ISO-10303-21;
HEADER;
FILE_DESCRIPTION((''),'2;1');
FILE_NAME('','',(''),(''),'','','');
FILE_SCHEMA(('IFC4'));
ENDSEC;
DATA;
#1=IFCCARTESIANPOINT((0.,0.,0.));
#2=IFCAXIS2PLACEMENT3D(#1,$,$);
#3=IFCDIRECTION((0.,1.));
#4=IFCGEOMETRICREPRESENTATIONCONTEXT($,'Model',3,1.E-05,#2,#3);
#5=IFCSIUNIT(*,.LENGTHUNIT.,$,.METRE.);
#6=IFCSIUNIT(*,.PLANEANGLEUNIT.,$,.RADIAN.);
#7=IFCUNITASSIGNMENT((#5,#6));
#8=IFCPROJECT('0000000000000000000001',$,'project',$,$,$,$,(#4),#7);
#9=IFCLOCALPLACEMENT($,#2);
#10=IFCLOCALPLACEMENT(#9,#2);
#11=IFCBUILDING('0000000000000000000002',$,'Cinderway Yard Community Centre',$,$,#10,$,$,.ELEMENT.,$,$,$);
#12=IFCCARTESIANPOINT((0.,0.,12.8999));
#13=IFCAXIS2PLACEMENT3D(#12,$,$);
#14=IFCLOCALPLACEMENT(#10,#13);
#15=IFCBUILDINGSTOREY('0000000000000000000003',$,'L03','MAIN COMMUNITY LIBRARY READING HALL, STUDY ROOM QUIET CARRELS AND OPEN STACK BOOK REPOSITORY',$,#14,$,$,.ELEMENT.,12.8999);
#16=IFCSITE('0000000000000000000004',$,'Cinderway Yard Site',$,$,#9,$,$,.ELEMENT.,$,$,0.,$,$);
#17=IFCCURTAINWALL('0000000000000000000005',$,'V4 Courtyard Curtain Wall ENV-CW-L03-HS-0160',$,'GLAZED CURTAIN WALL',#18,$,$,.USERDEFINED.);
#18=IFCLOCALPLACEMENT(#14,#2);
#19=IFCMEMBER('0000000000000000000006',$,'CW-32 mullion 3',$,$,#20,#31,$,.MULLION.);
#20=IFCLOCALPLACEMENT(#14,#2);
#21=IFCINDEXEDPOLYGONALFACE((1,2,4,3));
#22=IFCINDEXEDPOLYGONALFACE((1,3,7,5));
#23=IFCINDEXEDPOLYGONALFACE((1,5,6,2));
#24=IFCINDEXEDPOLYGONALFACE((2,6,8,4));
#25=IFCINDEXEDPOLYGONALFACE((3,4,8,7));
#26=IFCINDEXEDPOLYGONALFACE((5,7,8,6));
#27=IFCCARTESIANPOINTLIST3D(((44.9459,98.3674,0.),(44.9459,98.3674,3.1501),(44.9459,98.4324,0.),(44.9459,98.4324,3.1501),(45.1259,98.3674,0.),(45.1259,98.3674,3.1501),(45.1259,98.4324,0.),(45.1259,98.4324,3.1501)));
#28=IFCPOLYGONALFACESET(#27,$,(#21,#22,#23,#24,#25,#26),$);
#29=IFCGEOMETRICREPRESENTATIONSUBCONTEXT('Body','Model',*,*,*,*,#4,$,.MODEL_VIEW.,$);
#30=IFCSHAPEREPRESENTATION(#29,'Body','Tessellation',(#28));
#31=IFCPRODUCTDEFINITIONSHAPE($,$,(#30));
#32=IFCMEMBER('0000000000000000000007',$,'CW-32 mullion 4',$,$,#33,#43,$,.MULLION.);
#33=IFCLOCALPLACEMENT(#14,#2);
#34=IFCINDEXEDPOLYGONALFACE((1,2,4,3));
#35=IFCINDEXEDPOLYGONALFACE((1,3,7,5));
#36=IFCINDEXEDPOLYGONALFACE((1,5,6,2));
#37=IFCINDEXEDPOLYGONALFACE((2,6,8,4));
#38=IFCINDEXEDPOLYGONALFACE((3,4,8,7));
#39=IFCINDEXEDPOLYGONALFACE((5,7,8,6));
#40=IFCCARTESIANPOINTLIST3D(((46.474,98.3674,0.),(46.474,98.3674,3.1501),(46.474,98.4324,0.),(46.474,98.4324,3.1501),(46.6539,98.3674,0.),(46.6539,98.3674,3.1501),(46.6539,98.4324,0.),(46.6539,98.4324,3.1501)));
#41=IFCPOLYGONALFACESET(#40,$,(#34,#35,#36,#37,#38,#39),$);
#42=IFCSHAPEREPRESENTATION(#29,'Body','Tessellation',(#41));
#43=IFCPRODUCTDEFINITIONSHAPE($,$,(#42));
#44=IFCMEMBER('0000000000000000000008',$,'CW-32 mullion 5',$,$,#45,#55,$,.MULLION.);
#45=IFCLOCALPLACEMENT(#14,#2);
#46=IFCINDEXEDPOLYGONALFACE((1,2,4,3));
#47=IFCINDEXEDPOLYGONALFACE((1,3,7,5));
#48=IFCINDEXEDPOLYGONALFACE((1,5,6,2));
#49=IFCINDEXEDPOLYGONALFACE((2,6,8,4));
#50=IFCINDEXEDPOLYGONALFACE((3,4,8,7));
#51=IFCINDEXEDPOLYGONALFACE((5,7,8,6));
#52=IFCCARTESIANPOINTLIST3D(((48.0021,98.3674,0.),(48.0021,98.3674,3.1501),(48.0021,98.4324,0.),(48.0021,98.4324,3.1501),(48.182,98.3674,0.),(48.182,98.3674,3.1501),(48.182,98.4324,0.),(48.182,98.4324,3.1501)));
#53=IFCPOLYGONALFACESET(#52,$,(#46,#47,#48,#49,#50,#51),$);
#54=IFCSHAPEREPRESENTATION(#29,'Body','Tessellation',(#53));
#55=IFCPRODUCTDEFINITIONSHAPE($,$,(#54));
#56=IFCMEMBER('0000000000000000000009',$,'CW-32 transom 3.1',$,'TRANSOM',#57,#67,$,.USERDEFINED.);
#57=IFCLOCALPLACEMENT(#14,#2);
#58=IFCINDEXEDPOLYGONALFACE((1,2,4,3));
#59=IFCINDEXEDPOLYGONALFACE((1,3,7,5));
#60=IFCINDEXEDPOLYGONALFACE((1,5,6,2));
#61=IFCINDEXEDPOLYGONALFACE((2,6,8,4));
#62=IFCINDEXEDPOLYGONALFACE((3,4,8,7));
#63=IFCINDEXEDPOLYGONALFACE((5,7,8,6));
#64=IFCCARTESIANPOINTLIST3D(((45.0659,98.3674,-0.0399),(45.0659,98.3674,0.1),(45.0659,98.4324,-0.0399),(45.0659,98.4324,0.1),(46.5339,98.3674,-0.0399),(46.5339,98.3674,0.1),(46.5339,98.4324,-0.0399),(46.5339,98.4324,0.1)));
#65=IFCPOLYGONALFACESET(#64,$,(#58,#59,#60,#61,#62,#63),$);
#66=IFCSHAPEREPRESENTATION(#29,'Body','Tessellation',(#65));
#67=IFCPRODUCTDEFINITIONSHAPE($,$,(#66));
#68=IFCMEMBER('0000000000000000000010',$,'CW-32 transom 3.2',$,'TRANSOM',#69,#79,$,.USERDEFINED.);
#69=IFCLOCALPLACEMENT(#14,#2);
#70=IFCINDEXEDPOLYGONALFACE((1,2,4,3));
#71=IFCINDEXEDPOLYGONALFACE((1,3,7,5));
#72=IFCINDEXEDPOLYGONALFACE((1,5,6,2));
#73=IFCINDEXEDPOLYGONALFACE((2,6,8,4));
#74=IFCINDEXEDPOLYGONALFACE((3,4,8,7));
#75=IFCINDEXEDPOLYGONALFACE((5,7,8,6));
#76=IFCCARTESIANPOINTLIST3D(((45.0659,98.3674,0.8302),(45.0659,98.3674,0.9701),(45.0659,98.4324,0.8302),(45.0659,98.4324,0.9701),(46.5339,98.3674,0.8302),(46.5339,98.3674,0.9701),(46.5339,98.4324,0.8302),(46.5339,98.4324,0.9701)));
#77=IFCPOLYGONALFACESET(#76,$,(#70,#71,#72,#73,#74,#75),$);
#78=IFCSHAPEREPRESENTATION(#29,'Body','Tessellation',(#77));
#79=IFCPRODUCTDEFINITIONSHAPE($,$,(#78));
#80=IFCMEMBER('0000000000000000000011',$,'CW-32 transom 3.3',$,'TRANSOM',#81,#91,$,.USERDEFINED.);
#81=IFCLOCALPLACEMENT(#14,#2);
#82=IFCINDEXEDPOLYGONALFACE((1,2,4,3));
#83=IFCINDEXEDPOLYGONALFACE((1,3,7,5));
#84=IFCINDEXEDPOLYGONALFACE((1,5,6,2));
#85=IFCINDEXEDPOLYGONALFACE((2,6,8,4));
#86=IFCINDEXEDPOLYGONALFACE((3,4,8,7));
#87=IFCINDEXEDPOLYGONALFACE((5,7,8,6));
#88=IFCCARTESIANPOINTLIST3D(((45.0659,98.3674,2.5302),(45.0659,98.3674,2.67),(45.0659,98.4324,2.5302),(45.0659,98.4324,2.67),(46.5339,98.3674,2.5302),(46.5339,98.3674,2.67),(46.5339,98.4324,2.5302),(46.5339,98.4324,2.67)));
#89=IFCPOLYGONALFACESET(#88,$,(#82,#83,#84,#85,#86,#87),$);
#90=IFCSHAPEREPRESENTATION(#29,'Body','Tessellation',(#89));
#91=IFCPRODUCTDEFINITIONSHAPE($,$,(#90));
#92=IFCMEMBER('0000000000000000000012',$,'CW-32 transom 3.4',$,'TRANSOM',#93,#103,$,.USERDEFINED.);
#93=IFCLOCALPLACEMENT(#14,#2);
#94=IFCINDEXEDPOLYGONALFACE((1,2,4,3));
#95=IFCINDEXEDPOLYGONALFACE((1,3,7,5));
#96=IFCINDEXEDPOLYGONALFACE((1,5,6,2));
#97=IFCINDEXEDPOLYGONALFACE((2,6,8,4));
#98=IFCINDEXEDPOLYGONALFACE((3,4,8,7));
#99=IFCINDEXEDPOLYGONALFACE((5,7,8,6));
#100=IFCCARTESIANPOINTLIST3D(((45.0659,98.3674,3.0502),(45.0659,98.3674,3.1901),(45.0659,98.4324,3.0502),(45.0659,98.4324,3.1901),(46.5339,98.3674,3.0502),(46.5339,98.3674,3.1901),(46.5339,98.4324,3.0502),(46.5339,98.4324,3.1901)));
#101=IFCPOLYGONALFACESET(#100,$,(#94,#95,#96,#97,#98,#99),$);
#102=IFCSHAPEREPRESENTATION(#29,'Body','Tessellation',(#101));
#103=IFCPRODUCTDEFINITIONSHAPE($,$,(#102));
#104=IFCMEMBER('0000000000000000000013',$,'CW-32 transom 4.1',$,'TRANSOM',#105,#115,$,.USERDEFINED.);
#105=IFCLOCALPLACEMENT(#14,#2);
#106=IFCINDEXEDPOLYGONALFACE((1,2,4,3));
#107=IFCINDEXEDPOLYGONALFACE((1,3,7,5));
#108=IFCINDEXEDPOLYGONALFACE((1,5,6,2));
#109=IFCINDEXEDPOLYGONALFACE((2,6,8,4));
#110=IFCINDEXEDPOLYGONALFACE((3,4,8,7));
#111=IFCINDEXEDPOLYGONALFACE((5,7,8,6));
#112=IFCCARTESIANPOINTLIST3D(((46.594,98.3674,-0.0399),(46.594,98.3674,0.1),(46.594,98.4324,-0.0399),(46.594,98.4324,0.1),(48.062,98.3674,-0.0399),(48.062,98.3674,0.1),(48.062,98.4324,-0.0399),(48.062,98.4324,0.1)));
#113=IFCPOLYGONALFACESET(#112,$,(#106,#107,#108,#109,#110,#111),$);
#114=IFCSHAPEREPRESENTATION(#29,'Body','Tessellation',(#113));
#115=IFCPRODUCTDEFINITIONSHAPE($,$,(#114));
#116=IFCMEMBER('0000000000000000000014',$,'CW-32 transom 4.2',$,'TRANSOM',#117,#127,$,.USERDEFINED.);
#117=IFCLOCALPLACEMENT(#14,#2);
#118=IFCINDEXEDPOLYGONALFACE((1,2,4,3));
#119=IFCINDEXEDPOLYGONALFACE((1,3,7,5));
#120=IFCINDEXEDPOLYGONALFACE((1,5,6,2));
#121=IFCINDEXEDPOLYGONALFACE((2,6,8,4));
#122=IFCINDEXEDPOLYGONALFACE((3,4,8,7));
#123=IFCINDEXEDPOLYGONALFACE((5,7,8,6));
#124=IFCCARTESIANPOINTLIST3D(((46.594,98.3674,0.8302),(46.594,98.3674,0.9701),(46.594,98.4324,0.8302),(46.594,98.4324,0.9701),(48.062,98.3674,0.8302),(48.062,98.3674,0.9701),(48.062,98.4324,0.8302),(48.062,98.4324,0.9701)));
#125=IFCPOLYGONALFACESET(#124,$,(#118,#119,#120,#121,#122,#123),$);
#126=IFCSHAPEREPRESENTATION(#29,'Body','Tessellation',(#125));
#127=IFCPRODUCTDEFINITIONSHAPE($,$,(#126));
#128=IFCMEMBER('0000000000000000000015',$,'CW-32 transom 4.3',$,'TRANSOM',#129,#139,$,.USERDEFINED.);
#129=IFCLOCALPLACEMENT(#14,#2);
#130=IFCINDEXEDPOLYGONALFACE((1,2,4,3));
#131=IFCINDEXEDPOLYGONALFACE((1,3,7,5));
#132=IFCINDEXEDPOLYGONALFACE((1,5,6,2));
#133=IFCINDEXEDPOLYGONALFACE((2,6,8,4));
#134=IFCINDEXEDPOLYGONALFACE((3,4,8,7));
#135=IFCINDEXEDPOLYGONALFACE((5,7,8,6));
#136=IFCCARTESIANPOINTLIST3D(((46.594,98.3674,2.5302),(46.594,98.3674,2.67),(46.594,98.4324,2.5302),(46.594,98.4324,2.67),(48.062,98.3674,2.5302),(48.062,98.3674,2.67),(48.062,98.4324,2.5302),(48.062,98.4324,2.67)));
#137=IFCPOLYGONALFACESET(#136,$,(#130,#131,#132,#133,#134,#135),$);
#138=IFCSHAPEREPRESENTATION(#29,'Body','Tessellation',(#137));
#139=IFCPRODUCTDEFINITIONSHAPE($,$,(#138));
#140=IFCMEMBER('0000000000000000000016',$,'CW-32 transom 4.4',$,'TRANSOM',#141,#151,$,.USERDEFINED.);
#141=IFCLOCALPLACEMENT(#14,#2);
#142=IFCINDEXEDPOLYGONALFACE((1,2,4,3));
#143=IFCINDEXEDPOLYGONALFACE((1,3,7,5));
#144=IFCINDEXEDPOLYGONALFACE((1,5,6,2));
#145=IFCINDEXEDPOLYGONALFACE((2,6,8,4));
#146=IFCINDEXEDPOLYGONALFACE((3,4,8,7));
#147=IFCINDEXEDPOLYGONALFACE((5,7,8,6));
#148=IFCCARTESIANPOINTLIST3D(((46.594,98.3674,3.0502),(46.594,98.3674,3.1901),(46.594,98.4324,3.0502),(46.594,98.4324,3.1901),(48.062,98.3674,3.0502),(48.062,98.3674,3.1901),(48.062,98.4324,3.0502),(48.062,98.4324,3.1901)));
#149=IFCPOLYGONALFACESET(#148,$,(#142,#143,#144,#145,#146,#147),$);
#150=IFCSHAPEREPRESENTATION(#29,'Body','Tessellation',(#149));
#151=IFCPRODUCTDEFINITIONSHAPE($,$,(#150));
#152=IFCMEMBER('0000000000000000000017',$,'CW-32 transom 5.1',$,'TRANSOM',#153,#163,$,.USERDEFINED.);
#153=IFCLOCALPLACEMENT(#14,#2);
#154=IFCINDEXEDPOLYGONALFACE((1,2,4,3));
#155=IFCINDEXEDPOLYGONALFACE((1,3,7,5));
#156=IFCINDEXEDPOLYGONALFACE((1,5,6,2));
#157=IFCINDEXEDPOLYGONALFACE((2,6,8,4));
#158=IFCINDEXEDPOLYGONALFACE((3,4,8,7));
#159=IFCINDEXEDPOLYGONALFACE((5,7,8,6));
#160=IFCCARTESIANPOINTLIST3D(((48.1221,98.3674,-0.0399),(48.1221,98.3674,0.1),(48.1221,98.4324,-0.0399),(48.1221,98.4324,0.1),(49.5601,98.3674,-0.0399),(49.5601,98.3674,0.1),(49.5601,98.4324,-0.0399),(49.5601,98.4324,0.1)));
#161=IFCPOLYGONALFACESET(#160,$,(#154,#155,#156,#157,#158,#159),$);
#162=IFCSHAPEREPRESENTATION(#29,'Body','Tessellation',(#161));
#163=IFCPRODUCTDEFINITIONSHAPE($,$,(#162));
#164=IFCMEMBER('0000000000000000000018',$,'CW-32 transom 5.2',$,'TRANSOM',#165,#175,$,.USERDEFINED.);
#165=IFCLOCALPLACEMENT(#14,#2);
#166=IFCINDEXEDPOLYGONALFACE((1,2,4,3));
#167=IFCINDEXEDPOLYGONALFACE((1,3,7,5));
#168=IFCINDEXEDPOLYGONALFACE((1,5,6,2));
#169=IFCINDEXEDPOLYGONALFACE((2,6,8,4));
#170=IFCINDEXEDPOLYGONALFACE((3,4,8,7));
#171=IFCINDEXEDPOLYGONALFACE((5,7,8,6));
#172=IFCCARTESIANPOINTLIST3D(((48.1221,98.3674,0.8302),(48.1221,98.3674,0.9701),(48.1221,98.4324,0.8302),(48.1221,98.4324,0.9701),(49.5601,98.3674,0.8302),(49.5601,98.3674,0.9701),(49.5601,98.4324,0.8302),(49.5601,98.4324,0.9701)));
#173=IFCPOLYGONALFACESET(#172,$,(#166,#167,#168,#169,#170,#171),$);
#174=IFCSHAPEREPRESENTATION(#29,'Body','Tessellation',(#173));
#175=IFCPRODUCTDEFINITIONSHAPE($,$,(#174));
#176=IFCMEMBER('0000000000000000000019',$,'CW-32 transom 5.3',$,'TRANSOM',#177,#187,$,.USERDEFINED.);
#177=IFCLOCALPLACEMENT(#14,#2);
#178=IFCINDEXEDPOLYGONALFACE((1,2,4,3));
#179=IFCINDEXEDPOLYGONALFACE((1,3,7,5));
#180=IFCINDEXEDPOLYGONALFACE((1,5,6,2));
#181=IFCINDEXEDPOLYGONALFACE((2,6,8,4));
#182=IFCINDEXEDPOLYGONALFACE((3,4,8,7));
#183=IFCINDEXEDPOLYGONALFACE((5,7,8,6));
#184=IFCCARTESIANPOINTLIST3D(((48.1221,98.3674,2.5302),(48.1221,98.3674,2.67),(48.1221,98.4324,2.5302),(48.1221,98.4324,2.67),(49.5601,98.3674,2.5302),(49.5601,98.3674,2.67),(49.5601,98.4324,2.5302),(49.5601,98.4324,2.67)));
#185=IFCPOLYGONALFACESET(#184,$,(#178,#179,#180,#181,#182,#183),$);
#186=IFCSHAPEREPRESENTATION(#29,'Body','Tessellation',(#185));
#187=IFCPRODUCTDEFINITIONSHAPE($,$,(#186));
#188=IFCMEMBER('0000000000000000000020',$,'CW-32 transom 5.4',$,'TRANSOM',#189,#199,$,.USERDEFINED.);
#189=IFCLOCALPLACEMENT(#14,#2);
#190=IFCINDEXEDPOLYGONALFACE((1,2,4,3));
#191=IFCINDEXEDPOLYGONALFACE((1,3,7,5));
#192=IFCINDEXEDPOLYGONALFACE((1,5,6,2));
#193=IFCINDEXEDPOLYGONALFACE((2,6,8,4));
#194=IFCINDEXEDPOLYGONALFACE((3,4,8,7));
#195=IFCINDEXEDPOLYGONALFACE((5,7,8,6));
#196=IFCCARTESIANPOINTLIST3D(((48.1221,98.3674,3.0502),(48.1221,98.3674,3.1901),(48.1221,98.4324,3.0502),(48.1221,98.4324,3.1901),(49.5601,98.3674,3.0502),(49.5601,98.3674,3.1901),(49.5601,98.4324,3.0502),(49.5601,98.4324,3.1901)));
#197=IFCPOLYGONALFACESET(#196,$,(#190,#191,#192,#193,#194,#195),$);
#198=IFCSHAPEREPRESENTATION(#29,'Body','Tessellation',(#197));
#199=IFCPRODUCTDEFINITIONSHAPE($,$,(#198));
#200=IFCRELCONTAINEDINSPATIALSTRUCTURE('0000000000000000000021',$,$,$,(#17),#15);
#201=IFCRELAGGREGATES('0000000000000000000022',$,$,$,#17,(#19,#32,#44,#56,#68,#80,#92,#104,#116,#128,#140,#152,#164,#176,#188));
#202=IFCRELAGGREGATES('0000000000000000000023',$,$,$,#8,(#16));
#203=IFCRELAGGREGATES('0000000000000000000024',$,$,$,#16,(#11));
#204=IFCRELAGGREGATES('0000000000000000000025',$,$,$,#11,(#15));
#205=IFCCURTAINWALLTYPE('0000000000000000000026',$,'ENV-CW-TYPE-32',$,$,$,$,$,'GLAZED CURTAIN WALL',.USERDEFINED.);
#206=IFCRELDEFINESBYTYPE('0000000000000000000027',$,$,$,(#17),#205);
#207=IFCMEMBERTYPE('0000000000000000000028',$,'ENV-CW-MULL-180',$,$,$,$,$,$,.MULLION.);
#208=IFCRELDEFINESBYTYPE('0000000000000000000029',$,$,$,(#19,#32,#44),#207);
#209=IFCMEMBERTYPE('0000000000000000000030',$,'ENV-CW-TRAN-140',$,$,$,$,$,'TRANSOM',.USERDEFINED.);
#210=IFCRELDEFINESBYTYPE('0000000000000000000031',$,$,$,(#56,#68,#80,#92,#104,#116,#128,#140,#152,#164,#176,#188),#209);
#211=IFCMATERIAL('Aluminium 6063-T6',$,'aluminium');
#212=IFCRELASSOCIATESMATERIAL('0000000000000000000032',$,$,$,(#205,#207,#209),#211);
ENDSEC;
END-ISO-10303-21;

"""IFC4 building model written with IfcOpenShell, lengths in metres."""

from ifc_helpers import new_model, si_unit, direction, frame, origin, origin_2d, place, context, subcontext, project, spatial, rectangle, extrude, material, material_profile, profile_set, type_object, element, aggregate, save


model = new_model("IFC4")

# Units and contexts
model_context = context("Model", 3, precision=1e-05, world=origin(), true_north=direction((0.0, 1.0)))
body_context = subcontext(model_context, "Body", "Model", "MODEL_VIEW")
ifc_project = project(units=[si_unit("LENGTHUNIT", "METRE"), si_unit("PLANEANGLEUNIT", "RADIAN")], contexts=[model_context])

# Site, building, storey
site_placement = place(None, origin())
site = spatial("IfcSite", under=ifc_project, at=site_placement, Name="Cinderway Yard Site", CompositionType="ELEMENT", RefElevation=0.0)
building_placement = place(site_placement, origin())
building = spatial("IfcBuilding", under=site, at=building_placement, Name="Cinderway Yard Community Centre", CompositionType="ELEMENT")
storey_placement = place(building_placement, frame((0.0, 0.0, 12.8999)))
storey = spatial("IfcBuildingStorey", under=building, at=storey_placement, Name="L03", Description="MAIN COMMUNITY LIBRARY READING HALL, STUDY ROOM QUIET CARRELS AND OPEN STACK BOOK REPOSITORY", CompositionType="ELEMENT", Elevation=12.8999)

# Curtain wall, members
ifc_material_1 = material(Name="Aluminium 6063-T6", Category="aluminium")
curtain_wall_type = type_object("IfcCurtainWallType", Name="ENV-CW-TYPE-32", ElementType="GLAZED CURTAIN WALL", PredefinedType="USERDEFINED", material=ifc_material_1)
curtain_wall_placement = place(storey_placement, origin())
curtain_wall = element("IfcCurtainWall", 1, at=curtain_wall_placement, inside=storey, type_object=curtain_wall_type, Name="V4 Courtyard Curtain Wall ENV-CW-L03-HS-0160", ObjectType="GLAZED CURTAIN WALL", PredefinedType="USERDEFINED")
ifc_material_profile_1 = material_profile(ifc_material_1, rectangle(XDim=0.0649, YDim=0.1799, at=origin_2d()), Name="Aluminium 6063-T6")
ifc_profile_set_1 = profile_set([ifc_material_profile_1], Name="Aluminium 6063-T6")
member_type_1 = type_object("IfcMemberType", Name="ENV-CW-MULL-180", PredefinedType="MULLION", material=ifc_profile_set_1)
member_1_placement = place(storey_placement, frame((45.0359, 98.3999, 0.0), z_axis=(0.0, 0.0, 1.0), x_axis=(0.0, 1.0, 0.0)))
member_1 = element("IfcMember", 2, at=member_1_placement, type_object=member_type_1, Name="CW-32 mullion 3", PredefinedType="MULLION", context=body_context, shape_type="SweptSolid", body=[
    extrude(rectangle(XDim=0.0649, YDim=0.1799, at=origin_2d()), origin(), (0.0, 0.0, 1.0), 3.1501),
])
member_2_placement = place(storey_placement, frame((46.564, 98.3999, 0.0), z_axis=(0.0, 0.0, 1.0), x_axis=(0.0, 1.0, 0.0)))
member_2 = element("IfcMember", 3, at=member_2_placement, type_object=member_type_1, Name="CW-32 mullion 4", PredefinedType="MULLION", context=body_context, shape_type="SweptSolid", body=[
    extrude(rectangle(XDim=0.0649, YDim=0.1799, at=origin_2d()), origin(), (0.0, 0.0, 1.0), 3.1501),
])
member_3_placement = place(storey_placement, frame((48.092, 98.3999, 0.0), z_axis=(0.0, 0.0, 1.0), x_axis=(0.0, 1.0, 0.0)))
member_3 = element("IfcMember", 4, at=member_3_placement, type_object=member_type_1, Name="CW-32 mullion 5", PredefinedType="MULLION", context=body_context, shape_type="SweptSolid", body=[
    extrude(rectangle(XDim=0.0649, YDim=0.1799, at=origin_2d()), origin(), (0.0, 0.0, 1.0), 3.1501),
])
ifc_material_profile_2 = material_profile(ifc_material_1, rectangle(XDim=0.0649, YDim=0.1399, at=origin_2d()), Name="Aluminium 6063-T6")
ifc_profile_set_2 = profile_set([ifc_material_profile_2], Name="Aluminium 6063-T6")
member_type_2 = type_object("IfcMemberType", Name="ENV-CW-TRAN-140", ElementType="TRANSOM", PredefinedType="USERDEFINED", material=ifc_profile_set_2)
member_4_placement = place(storey_placement, frame((45.0659, 98.3999, 0.03), z_axis=(1.0, 0.0, 0.0), x_axis=(0.0, 1.0, 0.0)))
member_4 = element("IfcMember", 5, at=member_4_placement, type_object=member_type_2, Name="CW-32 transom 3.1", ObjectType="TRANSOM", PredefinedType="USERDEFINED", context=body_context, shape_type="SweptSolid", body=[
    extrude(rectangle(XDim=0.0649, YDim=0.1399, at=origin_2d()), origin(), (0.0, 0.0, 1.0), 1.468),
])
member_5_placement = place(storey_placement, frame((45.0659, 98.3999, 0.9001), z_axis=(1.0, 0.0, 0.0), x_axis=(0.0, 1.0, 0.0)))
member_5 = element("IfcMember", 6, at=member_5_placement, type_object=member_type_2, Name="CW-32 transom 3.2", ObjectType="TRANSOM", PredefinedType="USERDEFINED", context=body_context, shape_type="SweptSolid", body=[
    extrude(rectangle(XDim=0.0649, YDim=0.1399, at=origin_2d()), origin(), (0.0, 0.0, 1.0), 1.468),
])
member_6_placement = place(storey_placement, frame((45.0659, 98.3999, 2.6001), z_axis=(1.0, 0.0, 0.0), x_axis=(0.0, 1.0, 0.0)))
member_6 = element("IfcMember", 7, at=member_6_placement, type_object=member_type_2, Name="CW-32 transom 3.3", ObjectType="TRANSOM", PredefinedType="USERDEFINED", context=body_context, shape_type="SweptSolid", body=[
    extrude(rectangle(XDim=0.0649, YDim=0.1399, at=origin_2d()), origin(), (0.0, 0.0, 1.0), 1.468),
])
member_7_placement = place(storey_placement, frame((45.0659, 98.3999, 3.1201), z_axis=(1.0, 0.0, 0.0), x_axis=(0.0, 1.0, 0.0)))
member_7 = element("IfcMember", 8, at=member_7_placement, type_object=member_type_2, Name="CW-32 transom 3.4", ObjectType="TRANSOM", PredefinedType="USERDEFINED", context=body_context, shape_type="SweptSolid", body=[
    extrude(rectangle(XDim=0.0649, YDim=0.1399, at=origin_2d()), origin(), (0.0, 0.0, 1.0), 1.468),
])
member_8_placement = place(storey_placement, frame((46.594, 98.3999, 0.03), z_axis=(1.0, 0.0, 0.0), x_axis=(0.0, 1.0, 0.0)))
member_8 = element("IfcMember", 9, at=member_8_placement, type_object=member_type_2, Name="CW-32 transom 4.1", ObjectType="TRANSOM", PredefinedType="USERDEFINED", context=body_context, shape_type="SweptSolid", body=[
    extrude(rectangle(XDim=0.0649, YDim=0.1399, at=origin_2d()), origin(), (0.0, 0.0, 1.0), 1.468),
])
member_9_placement = place(storey_placement, frame((46.594, 98.3999, 0.9001), z_axis=(1.0, 0.0, 0.0), x_axis=(0.0, 1.0, 0.0)))
member_9 = element("IfcMember", 10, at=member_9_placement, type_object=member_type_2, Name="CW-32 transom 4.2", ObjectType="TRANSOM", PredefinedType="USERDEFINED", context=body_context, shape_type="SweptSolid", body=[
    extrude(rectangle(XDim=0.0649, YDim=0.1399, at=origin_2d()), origin(), (0.0, 0.0, 1.0), 1.468),
])
member_10_placement = place(storey_placement, frame((46.594, 98.3999, 2.6001), z_axis=(1.0, 0.0, 0.0), x_axis=(0.0, 1.0, 0.0)))
member_10 = element("IfcMember", 11, at=member_10_placement, type_object=member_type_2, Name="CW-32 transom 4.3", ObjectType="TRANSOM", PredefinedType="USERDEFINED", context=body_context, shape_type="SweptSolid", body=[
    extrude(rectangle(XDim=0.0649, YDim=0.1399, at=origin_2d()), origin(), (0.0, 0.0, 1.0), 1.468),
])
member_11_placement = place(storey_placement, frame((46.594, 98.3999, 3.1201), z_axis=(1.0, 0.0, 0.0), x_axis=(0.0, 1.0, 0.0)))
member_11 = element("IfcMember", 12, at=member_11_placement, type_object=member_type_2, Name="CW-32 transom 4.4", ObjectType="TRANSOM", PredefinedType="USERDEFINED", context=body_context, shape_type="SweptSolid", body=[
    extrude(rectangle(XDim=0.0649, YDim=0.1399, at=origin_2d()), origin(), (0.0, 0.0, 1.0), 1.468),
])
member_12_placement = place(storey_placement, frame((48.1221, 98.3999, 0.03), z_axis=(1.0, 0.0, 0.0), x_axis=(0.0, 1.0, 0.0)))
member_12 = element("IfcMember", 13, at=member_12_placement, type_object=member_type_2, Name="CW-32 transom 5.1", ObjectType="TRANSOM", PredefinedType="USERDEFINED", context=body_context, shape_type="SweptSolid", body=[
    extrude(rectangle(XDim=0.0649, YDim=0.1399, at=origin_2d()), origin(), (0.0, 0.0, 1.0), 1.438),
])
member_13_placement = place(storey_placement, frame((48.1221, 98.3999, 0.9001), z_axis=(1.0, 0.0, 0.0), x_axis=(0.0, 1.0, 0.0)))
member_13 = element("IfcMember", 14, at=member_13_placement, type_object=member_type_2, Name="CW-32 transom 5.2", ObjectType="TRANSOM", PredefinedType="USERDEFINED", context=body_context, shape_type="SweptSolid", body=[
    extrude(rectangle(XDim=0.0649, YDim=0.1399, at=origin_2d()), origin(), (0.0, 0.0, 1.0), 1.438),
])
member_14_placement = place(storey_placement, frame((48.1221, 98.3999, 2.6001), z_axis=(1.0, 0.0, 0.0), x_axis=(0.0, 1.0, 0.0)))
member_14 = element("IfcMember", 15, at=member_14_placement, type_object=member_type_2, Name="CW-32 transom 5.3", ObjectType="TRANSOM", PredefinedType="USERDEFINED", context=body_context, shape_type="SweptSolid", body=[
    extrude(rectangle(XDim=0.0649, YDim=0.1399, at=origin_2d()), origin(), (0.0, 0.0, 1.0), 1.438),
])
member_15_placement = place(storey_placement, frame((48.1221, 98.3999, 3.1201), z_axis=(1.0, 0.0, 0.0), x_axis=(0.0, 1.0, 0.0)))
member_15 = element("IfcMember", 16, at=member_15_placement, type_object=member_type_2, Name="CW-32 transom 5.4", ObjectType="TRANSOM", PredefinedType="USERDEFINED", context=body_context, shape_type="SweptSolid", body=[
    extrude(rectangle(XDim=0.0649, YDim=0.1399, at=origin_2d()), origin(), (0.0, 0.0, 1.0), 1.438),
])
aggregate(curtain_wall, [member_1, member_2, member_3, member_4, member_5, member_6, member_7, member_8, member_9, member_10, member_11, member_12, member_13, member_14, member_15])

save(model, "model.ifc")
